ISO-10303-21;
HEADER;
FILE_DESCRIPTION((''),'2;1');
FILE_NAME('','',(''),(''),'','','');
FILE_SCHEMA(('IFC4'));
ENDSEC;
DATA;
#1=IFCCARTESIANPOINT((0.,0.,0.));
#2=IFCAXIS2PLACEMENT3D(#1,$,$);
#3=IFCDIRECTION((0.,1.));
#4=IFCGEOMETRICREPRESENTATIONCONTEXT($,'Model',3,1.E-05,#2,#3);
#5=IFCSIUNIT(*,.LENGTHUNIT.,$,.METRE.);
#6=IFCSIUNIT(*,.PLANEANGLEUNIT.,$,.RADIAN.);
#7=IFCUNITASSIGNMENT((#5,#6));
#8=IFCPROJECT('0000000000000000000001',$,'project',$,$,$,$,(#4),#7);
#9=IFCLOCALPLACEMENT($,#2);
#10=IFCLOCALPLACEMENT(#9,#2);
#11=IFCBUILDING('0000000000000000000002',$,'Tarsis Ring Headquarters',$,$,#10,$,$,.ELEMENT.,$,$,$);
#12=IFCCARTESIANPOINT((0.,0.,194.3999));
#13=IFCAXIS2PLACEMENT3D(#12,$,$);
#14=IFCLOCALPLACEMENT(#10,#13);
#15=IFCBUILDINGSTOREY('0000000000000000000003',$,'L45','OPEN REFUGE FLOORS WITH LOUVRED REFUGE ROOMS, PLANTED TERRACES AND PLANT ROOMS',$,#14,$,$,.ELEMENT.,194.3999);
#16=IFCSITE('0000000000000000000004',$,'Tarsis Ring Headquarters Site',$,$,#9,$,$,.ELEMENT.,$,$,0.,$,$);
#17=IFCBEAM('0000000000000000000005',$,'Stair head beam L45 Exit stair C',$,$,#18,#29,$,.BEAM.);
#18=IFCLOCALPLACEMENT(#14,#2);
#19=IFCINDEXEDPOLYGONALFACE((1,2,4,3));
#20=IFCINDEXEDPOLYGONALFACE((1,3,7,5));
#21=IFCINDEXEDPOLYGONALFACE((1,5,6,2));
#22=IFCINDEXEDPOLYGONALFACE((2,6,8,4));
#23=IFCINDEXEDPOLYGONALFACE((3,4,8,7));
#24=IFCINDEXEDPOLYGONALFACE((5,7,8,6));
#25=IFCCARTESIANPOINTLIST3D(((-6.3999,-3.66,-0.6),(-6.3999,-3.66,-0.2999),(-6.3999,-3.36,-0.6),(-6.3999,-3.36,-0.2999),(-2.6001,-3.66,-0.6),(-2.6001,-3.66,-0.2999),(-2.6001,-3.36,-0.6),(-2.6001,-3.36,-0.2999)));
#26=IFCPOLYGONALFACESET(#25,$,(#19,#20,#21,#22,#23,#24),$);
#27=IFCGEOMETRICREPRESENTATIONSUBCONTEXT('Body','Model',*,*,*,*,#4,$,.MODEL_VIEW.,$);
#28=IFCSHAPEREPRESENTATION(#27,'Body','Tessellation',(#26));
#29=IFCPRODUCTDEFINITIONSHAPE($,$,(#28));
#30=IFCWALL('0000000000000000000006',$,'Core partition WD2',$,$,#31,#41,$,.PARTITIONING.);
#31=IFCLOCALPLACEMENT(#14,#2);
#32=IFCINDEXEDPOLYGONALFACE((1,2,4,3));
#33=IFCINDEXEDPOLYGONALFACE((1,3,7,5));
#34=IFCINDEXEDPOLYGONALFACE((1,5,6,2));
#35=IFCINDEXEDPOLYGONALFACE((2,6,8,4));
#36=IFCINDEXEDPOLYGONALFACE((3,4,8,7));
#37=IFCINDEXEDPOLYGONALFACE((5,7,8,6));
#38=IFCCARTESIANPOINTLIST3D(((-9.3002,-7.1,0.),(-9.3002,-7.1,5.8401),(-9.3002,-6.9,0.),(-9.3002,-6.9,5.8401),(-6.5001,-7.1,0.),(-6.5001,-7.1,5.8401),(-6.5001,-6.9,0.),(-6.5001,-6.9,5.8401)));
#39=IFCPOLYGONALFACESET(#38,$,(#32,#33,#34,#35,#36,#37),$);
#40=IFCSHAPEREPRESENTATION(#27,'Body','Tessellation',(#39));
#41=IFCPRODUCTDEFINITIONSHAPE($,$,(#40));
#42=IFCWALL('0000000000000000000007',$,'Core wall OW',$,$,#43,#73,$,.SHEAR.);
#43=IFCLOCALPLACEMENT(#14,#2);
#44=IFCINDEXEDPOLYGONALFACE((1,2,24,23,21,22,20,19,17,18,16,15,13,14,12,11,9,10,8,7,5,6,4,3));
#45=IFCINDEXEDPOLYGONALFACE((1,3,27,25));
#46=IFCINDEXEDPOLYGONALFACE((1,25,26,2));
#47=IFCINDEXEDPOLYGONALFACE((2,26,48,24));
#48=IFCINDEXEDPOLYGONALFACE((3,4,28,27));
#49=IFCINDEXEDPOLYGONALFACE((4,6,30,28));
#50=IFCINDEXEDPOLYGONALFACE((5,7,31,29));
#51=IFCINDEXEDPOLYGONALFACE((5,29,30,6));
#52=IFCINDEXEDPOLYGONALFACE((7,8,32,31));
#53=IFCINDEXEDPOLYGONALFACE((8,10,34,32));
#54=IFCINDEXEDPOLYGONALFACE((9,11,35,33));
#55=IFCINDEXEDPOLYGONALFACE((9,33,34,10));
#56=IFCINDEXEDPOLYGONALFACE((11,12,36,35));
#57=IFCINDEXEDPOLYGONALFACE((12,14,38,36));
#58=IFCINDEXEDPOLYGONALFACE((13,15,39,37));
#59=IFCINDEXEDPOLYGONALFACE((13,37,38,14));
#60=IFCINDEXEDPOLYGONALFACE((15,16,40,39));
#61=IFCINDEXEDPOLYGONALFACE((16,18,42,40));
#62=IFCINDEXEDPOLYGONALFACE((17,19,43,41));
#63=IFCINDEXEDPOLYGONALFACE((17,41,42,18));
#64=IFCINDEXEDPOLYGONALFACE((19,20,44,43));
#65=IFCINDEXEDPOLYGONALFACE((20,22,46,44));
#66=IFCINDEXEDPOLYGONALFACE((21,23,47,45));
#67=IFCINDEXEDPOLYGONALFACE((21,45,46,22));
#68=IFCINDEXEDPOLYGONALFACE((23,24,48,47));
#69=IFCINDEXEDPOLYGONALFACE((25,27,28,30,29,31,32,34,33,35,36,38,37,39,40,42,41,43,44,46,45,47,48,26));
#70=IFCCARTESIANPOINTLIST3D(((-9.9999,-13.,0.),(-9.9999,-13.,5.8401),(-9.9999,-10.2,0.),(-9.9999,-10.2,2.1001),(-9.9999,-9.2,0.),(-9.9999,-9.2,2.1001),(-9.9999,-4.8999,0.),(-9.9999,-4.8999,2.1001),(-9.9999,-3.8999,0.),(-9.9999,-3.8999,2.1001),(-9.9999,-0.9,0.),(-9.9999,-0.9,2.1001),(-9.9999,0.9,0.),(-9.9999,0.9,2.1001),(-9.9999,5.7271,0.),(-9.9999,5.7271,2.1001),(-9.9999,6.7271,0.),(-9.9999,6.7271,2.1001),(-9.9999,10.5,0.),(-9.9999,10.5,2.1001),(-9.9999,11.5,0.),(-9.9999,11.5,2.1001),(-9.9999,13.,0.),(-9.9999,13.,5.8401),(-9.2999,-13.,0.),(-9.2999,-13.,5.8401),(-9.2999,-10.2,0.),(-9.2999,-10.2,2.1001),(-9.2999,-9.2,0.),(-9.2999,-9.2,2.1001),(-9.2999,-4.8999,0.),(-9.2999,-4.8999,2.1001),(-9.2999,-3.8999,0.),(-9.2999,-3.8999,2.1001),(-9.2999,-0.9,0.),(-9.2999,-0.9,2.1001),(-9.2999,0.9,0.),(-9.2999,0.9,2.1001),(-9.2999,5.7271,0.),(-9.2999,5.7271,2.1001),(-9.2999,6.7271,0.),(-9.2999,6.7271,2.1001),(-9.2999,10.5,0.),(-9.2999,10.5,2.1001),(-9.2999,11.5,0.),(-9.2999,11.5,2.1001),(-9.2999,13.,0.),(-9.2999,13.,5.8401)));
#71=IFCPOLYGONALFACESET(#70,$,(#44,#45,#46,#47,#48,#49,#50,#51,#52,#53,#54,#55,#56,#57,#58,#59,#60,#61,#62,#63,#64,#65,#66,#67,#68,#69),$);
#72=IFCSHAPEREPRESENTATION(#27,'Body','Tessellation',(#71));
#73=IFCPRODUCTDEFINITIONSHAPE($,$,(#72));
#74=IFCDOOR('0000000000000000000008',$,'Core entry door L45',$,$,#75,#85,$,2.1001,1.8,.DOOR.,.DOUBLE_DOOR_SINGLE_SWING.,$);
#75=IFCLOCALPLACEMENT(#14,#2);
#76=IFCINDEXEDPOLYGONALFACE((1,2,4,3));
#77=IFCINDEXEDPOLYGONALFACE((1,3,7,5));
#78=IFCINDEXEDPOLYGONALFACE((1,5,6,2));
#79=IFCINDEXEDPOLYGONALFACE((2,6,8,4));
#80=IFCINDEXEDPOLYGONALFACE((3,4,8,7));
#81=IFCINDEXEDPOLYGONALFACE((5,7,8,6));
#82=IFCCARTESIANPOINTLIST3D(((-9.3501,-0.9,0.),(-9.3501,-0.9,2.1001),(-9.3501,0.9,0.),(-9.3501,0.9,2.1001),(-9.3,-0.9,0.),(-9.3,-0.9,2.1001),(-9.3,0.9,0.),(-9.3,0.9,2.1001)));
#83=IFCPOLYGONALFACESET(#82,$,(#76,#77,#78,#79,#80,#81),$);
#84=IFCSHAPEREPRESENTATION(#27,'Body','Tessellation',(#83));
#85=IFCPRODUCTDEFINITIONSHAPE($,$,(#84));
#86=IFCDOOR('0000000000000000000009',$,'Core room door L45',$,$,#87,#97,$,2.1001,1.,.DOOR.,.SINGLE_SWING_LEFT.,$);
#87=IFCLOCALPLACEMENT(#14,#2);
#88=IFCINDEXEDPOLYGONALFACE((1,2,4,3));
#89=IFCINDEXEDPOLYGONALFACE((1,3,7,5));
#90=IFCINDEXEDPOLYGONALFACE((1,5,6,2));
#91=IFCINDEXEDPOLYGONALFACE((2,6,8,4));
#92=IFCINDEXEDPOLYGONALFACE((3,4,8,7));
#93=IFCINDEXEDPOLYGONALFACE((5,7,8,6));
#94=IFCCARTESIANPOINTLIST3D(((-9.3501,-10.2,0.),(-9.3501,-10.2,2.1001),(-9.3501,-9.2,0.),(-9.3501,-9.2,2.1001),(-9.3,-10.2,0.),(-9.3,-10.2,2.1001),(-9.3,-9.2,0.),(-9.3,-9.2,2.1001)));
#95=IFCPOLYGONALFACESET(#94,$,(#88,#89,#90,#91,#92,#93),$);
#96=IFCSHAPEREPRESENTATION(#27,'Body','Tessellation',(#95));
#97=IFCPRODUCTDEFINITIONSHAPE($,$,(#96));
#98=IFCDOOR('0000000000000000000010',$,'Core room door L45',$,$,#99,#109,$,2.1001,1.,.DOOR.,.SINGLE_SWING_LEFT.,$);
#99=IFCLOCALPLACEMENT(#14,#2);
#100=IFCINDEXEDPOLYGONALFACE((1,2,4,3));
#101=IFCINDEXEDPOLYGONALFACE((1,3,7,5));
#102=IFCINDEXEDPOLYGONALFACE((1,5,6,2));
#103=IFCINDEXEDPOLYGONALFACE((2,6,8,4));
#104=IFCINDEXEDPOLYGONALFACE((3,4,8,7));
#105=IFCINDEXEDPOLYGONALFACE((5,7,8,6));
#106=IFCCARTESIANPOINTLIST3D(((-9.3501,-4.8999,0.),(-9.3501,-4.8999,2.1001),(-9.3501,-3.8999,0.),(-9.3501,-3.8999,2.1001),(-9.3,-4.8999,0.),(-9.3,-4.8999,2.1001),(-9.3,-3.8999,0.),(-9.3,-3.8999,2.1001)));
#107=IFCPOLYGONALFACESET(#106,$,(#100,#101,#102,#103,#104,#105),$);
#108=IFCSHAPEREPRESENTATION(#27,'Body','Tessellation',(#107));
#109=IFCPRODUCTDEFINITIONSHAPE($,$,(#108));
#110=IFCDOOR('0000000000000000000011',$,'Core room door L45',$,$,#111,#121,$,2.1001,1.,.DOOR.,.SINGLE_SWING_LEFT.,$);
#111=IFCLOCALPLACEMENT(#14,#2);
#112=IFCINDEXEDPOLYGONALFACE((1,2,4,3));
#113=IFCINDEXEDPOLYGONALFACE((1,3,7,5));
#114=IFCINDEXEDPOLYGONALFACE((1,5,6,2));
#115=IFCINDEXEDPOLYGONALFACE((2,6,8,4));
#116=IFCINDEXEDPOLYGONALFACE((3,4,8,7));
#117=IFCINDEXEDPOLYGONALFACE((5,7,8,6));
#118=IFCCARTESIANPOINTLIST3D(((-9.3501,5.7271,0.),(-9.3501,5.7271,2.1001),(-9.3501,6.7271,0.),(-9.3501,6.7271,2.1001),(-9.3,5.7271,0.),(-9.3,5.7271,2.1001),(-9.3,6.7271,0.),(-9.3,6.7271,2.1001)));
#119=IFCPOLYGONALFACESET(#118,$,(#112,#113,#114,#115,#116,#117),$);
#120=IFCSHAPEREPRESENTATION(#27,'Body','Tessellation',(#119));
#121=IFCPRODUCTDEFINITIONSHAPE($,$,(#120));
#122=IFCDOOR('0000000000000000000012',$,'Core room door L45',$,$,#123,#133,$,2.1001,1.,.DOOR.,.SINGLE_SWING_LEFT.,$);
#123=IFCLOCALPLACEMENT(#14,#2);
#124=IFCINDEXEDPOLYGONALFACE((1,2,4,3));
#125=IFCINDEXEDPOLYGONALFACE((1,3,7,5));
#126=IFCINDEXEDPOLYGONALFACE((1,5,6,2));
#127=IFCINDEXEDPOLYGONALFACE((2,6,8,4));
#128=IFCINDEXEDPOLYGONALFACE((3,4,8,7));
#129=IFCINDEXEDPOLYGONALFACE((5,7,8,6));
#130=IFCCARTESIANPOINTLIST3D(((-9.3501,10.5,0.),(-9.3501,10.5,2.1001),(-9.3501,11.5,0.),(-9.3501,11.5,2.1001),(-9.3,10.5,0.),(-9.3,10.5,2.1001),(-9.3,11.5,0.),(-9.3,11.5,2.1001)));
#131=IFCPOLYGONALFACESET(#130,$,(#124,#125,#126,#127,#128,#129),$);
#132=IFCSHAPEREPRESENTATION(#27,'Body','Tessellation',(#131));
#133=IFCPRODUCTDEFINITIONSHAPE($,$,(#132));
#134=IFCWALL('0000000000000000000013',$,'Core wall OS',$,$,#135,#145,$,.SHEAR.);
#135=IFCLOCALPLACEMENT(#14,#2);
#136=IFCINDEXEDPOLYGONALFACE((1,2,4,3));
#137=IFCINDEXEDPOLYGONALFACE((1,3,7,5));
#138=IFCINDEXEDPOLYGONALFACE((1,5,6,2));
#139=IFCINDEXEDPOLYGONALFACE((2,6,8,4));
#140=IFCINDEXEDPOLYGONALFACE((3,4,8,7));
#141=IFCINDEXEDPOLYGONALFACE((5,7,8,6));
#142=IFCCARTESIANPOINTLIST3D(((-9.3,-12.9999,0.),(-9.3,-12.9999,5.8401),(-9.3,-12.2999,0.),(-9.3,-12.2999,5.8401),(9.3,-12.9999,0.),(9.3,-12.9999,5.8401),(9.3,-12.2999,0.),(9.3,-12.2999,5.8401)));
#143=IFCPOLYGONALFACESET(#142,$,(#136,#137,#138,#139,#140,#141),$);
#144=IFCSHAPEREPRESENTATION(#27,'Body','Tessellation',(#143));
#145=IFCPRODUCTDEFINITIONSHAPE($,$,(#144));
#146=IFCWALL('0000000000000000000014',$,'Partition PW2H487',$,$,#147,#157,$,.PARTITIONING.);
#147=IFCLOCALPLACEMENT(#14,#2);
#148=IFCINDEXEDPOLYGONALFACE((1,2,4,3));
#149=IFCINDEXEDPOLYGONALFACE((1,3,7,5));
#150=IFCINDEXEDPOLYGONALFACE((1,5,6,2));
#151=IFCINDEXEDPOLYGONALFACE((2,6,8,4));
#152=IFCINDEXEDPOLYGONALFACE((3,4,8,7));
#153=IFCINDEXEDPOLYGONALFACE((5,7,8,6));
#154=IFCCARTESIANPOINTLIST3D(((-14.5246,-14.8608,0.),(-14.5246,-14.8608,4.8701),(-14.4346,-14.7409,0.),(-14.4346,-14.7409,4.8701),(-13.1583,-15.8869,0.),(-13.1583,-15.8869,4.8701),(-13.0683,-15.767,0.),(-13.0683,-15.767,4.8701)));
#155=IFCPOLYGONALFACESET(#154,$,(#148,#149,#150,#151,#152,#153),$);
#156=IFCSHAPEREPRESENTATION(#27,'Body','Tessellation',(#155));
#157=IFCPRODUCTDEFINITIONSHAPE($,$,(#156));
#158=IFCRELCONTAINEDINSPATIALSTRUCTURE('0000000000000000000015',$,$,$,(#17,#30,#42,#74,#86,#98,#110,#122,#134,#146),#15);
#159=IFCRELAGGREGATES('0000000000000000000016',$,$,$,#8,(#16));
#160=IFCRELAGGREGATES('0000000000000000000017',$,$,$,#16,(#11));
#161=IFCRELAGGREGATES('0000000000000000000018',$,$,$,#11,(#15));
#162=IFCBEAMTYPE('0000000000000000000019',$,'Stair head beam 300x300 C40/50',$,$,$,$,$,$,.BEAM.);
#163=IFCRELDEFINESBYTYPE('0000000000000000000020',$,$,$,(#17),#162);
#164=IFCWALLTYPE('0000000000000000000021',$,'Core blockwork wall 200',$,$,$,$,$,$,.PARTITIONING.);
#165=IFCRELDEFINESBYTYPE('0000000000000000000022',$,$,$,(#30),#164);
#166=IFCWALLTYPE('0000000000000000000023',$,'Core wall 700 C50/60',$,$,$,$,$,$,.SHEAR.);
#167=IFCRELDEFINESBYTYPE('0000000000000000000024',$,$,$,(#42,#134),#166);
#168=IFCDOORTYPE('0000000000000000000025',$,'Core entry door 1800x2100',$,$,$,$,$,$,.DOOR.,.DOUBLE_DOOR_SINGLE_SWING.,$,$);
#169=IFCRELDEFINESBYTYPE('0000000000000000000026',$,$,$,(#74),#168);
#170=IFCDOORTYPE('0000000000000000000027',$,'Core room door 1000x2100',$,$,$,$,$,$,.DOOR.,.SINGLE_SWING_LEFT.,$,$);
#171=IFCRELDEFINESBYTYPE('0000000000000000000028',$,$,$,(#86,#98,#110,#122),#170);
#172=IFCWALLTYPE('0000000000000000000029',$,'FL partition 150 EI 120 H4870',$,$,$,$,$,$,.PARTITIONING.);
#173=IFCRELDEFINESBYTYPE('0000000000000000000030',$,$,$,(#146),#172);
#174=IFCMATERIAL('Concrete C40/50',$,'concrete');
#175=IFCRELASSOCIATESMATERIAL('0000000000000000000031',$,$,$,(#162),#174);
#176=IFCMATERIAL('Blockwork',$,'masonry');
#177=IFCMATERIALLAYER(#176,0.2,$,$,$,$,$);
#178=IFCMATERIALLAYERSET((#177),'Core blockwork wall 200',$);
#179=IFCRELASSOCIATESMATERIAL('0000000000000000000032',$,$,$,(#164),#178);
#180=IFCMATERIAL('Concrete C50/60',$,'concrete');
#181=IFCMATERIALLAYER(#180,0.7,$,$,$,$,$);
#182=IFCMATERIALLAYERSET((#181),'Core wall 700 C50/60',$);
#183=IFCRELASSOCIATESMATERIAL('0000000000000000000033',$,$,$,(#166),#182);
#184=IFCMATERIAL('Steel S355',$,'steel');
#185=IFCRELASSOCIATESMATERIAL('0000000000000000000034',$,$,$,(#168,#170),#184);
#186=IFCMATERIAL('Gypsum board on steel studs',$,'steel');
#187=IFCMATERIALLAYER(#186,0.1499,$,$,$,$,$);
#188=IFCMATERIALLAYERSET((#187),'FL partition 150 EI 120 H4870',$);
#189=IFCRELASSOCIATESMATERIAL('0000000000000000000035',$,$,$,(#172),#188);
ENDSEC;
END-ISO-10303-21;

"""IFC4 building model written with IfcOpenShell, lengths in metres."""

from ifc_helpers import new_model, si_unit, direction, frame, frame_2d, origin, origin_2d, place, context, subcontext, project, spatial, rectangle, extrude, material, layer, layer_set, material_profile, profile_set, type_object, element, fill, save


model = new_model("IFC4")

# Units and contexts
model_context = context("Model", 3, precision=1e-05, world=origin(), true_north=direction((0.0, 1.0)))
body_context = subcontext(model_context, "Body", "Model", "MODEL_VIEW")
ifc_project = project(units=[si_unit("LENGTHUNIT", "METRE"), si_unit("PLANEANGLEUNIT", "RADIAN")], contexts=[model_context])

# Site, building, storey
site_placement = place(None, origin())
site = spatial("IfcSite", under=ifc_project, at=site_placement, Name="Tarsis Ring Headquarters Site", CompositionType="ELEMENT", RefElevation=0.0)
building_placement = place(site_placement, origin())
building = spatial("IfcBuilding", under=site, at=building_placement, Name="Tarsis Ring Headquarters", CompositionType="ELEMENT")
storey_placement = place(building_placement, frame((0.0, 0.0, 194.3999)))
storey = spatial("IfcBuildingStorey", under=building, at=storey_placement, Name="L45", Description="OPEN REFUGE FLOORS WITH LOUVRED REFUGE ROOMS, PLANTED TERRACES AND PLANT ROOMS", CompositionType="ELEMENT", Elevation=194.3999)

# Beam
ifc_material_1 = material(Name="Concrete C40/50", Category="concrete")
ifc_material_profile_1 = material_profile(ifc_material_1, rectangle(XDim=0.3, YDim=0.3, at=origin_2d()), Name="Stair head beam 300x300 C40/50")
ifc_profile_set_1 = profile_set([ifc_material_profile_1], Name="Concrete C40/50")
beam_type_1 = type_object("IfcBeamType", Name="Stair head beam 300x300 C40/50", PredefinedType="BEAM", material=ifc_profile_set_1)
beam_1_placement = place(storey_placement, frame((-6.3999, -3.51, -0.45), z_axis=(1.0, 0.0, 0.0), x_axis=(0.0, 1.0, 0.0)))
element("IfcBeam", 1, at=beam_1_placement, inside=storey, type_object=beam_type_1, Name="Stair head beam L45 Exit stair C", PredefinedType="BEAM", context=body_context, shape_type="SweptSolid", body=[
    extrude(rectangle(XDim=0.3, YDim=0.3, at=origin_2d()), origin(), (0.0, 0.0, 1.0), 3.7998),
])

# Wall
ifc_material_2 = material(Name="Blockwork", Category="masonry")
ifc_layer_1 = layer(ifc_material_2, 0.2)
ifc_layer_set_1 = layer_set([ifc_layer_1], Name="Core blockwork wall 200")
wall_type_1 = type_object("IfcWallType", Name="Core blockwork wall 200", PredefinedType="PARTITIONING", material=ifc_layer_set_1)
wall_1_placement = place(storey_placement, frame((-9.3, -7.0, 0.0), z_axis=(0.0, 0.0, 1.0), x_axis=(1.0, 0.0, 0.0)))
element("IfcWall", 2, at=wall_1_placement, inside=storey, type_object=wall_type_1, Name="Core partition WD2", PredefinedType="PARTITIONING", context=body_context, shape_type="SweptSolid", body=[
    extrude(rectangle(XDim=2.8, YDim=0.2, at=frame_2d((1.3999, 0.0))), origin(), (0.0, 0.0, 1.0), 5.8401),
])

# Wall, openings, doors
ifc_material_3 = material(Name="Concrete C50/60", Category="concrete")
ifc_layer_2 = layer(ifc_material_3, 0.7)
ifc_layer_set_2 = layer_set([ifc_layer_2], Name="Core wall 700 C50/60")
wall_type_2 = type_object("IfcWallType", Name="Core wall 700 C50/60", PredefinedType="SHEAR", material=ifc_layer_set_2)
wall_2_placement = place(storey_placement, frame((-9.6499, -13.0, 0.0), z_axis=(0.0, 0.0, 1.0), x_axis=(0.0, 1.0, 0.0)))
wall_2 = element("IfcWall", 3, at=wall_2_placement, inside=storey, type_object=wall_type_2, Name="Core wall OW", PredefinedType="SHEAR", context=body_context, shape_type="SweptSolid", body=[
    extrude(rectangle(XDim=26.0, YDim=0.7, at=frame_2d((13.0, 0.0))), origin(), (0.0, 0.0, 1.0), 5.8401),
])
opening_1_placement = place(wall_2_placement, frame((2.8, 0.0, 0.0)))
opening_1 = element("IfcOpeningElement", 4, at=opening_1_placement, cuts=wall_2, PredefinedType="OPENING", context=body_context, shape_type="SweptSolid", body=[
    extrude(rectangle(XDim=1.0, YDim=2.1001, at=frame_2d((0.5, 1.05))), frame((0.0, 0.3599, 0.0), z_axis=(0.0, -1.0, 0.0), x_axis=(1.0, 0.0, 0.0)), (0.0, 0.0, 1.0), 0.72),
])
opening_2_placement = place(wall_2_placement, frame((8.1001, 0.0, 0.0)))
opening_2 = element("IfcOpeningElement", 5, at=opening_2_placement, cuts=wall_2, PredefinedType="OPENING", context=body_context, shape_type="SweptSolid", body=[
    extrude(rectangle(XDim=1.0, YDim=2.1001, at=frame_2d((0.5, 1.05))), frame((0.0, 0.3599, 0.0), z_axis=(0.0, -1.0, 0.0), x_axis=(1.0, 0.0, 0.0)), (0.0, 0.0, 1.0), 0.72),
])
opening_3_placement = place(wall_2_placement, frame((12.1001, 0.0, 0.0)))
opening_3 = element("IfcOpeningElement", 6, at=opening_3_placement, cuts=wall_2, PredefinedType="OPENING", context=body_context, shape_type="SweptSolid", body=[
    extrude(rectangle(XDim=1.8, YDim=2.1001, at=frame_2d((0.8999, 1.05))), frame((0.0, 0.3599, 0.0), z_axis=(0.0, -1.0, 0.0), x_axis=(1.0, 0.0, 0.0)), (0.0, 0.0, 1.0), 0.72),
])
opening_4_placement = place(wall_2_placement, frame((18.7271, 0.0, 0.0)))
opening_4 = element("IfcOpeningElement", 7, at=opening_4_placement, cuts=wall_2, PredefinedType="OPENING", context=body_context, shape_type="SweptSolid", body=[
    extrude(rectangle(XDim=1.0, YDim=2.1001, at=frame_2d((0.5, 1.05))), frame((0.0, 0.3599, 0.0), z_axis=(0.0, -1.0, 0.0), x_axis=(1.0, 0.0, 0.0)), (0.0, 0.0, 1.0), 0.72),
])
opening_5_placement = place(wall_2_placement, frame((23.5, 0.0, 0.0)))
opening_5 = element("IfcOpeningElement", 8, at=opening_5_placement, cuts=wall_2, PredefinedType="OPENING", context=body_context, shape_type="SweptSolid", body=[
    extrude(rectangle(XDim=1.0, YDim=2.1001, at=frame_2d((0.5, 1.05))), frame((0.0, 0.3599, 0.0), z_axis=(0.0, -1.0, 0.0), x_axis=(1.0, 0.0, 0.0)), (0.0, 0.0, 1.0), 0.72),
])
ifc_material_4 = material(Name="Steel S355", Category="steel")
door_type_1 = type_object("IfcDoorType", Name="Core entry door 1800x2100", OperationType="DOUBLE_DOOR_SINGLE_SWING", PredefinedType="DOOR", material=ifc_material_4)
door_1_placement = place(opening_3_placement, origin())
door_1 = element("IfcDoor", 9, at=door_1_placement, inside=storey, type_object=door_type_1, Name="Core entry door L45", OperationType="DOUBLE_DOOR_SINGLE_SWING", OverallHeight=2.1001, OverallWidth=1.8, PredefinedType="DOOR", context=body_context, shape_type="SweptSolid", body=[
    extrude(rectangle(XDim=1.8, YDim=2.1001, at=frame_2d((0.8999, 1.05))), frame((0.0, -0.2998, 0.0), z_axis=(0.0, -1.0, 0.0), x_axis=(1.0, 0.0, 0.0)), (0.0, 0.0, 1.0), 0.05),
])
fill(opening_3, door_1)
door_type_2 = type_object("IfcDoorType", Name="Core room door 1000x2100", OperationType="SINGLE_SWING_LEFT", PredefinedType="DOOR", material=ifc_material_4)
door_2_placement = place(opening_1_placement, origin())
door_2 = element("IfcDoor", 10, at=door_2_placement, inside=storey, type_object=door_type_2, Name="Core room door L45", OperationType="SINGLE_SWING_LEFT", OverallHeight=2.1001, OverallWidth=1.0, PredefinedType="DOOR", context=body_context, shape_type="SweptSolid", body=[
    extrude(rectangle(XDim=1.0, YDim=2.1001, at=frame_2d((0.5, 1.05))), frame((0.0, -0.2998, 0.0), z_axis=(0.0, -1.0, 0.0), x_axis=(1.0, 0.0, 0.0)), (0.0, 0.0, 1.0), 0.05),
])
fill(opening_1, door_2)
door_3_placement = place(opening_2_placement, origin())
door_3 = element("IfcDoor", 11, at=door_3_placement, inside=storey, type_object=door_type_2, Name="Core room door L45", OperationType="SINGLE_SWING_LEFT", OverallHeight=2.1001, OverallWidth=1.0, PredefinedType="DOOR", context=body_context, shape_type="SweptSolid", body=[
    extrude(rectangle(XDim=1.0, YDim=2.1001, at=frame_2d((0.5, 1.05))), frame((0.0, -0.2998, 0.0), z_axis=(0.0, -1.0, 0.0), x_axis=(1.0, 0.0, 0.0)), (0.0, 0.0, 1.0), 0.05),
])
fill(opening_2, door_3)
door_4_placement = place(opening_4_placement, origin())
door_4 = element("IfcDoor", 12, at=door_4_placement, inside=storey, type_object=door_type_2, Name="Core room door L45", OperationType="SINGLE_SWING_LEFT", OverallHeight=2.1001, OverallWidth=1.0, PredefinedType="DOOR", context=body_context, shape_type="SweptSolid", body=[
    extrude(rectangle(XDim=1.0, YDim=2.1001, at=frame_2d((0.5, 1.05))), frame((0.0, -0.2998, 0.0), z_axis=(0.0, -1.0, 0.0), x_axis=(1.0, 0.0, 0.0)), (0.0, 0.0, 1.0), 0.05),
])
fill(opening_4, door_4)
door_5_placement = place(opening_5_placement, origin())
door_5 = element("IfcDoor", 13, at=door_5_placement, inside=storey, type_object=door_type_2, Name="Core room door L45", OperationType="SINGLE_SWING_LEFT", OverallHeight=2.1001, OverallWidth=1.0, PredefinedType="DOOR", context=body_context, shape_type="SweptSolid", body=[
    extrude(rectangle(XDim=1.0, YDim=2.1001, at=frame_2d((0.5, 1.05))), frame((0.0, -0.2998, 0.0), z_axis=(0.0, -1.0, 0.0), x_axis=(1.0, 0.0, 0.0)), (0.0, 0.0, 1.0), 0.05),
])
fill(opening_5, door_5)

# Walls
wall_3_placement = place(storey_placement, frame((-9.3, -12.6499, 0.0), z_axis=(0.0, 0.0, 1.0), x_axis=(1.0, 0.0, 0.0)))
element("IfcWall", 14, at=wall_3_placement, inside=storey, type_object=wall_type_2, Name="Core wall OS", PredefinedType="SHEAR", context=body_context, shape_type="SweptSolid", body=[
    extrude(rectangle(XDim=18.6001, YDim=0.7, at=frame_2d((9.3, 0.0))), origin(), (0.0, 0.0, 1.0), 5.8401),
])
ifc_material_5 = material(Name="Gypsum board on steel studs", Category="steel")
ifc_layer_3 = layer(ifc_material_5, 0.1499)
ifc_layer_set_3 = layer_set([ifc_layer_3], Name="FL partition 150 EI 120 H4870")
wall_type_3 = type_object("IfcWallType", Name="FL partition 150 EI 120 H4870", PredefinedType="PARTITIONING", material=ifc_layer_set_3)
wall_4_placement = place(storey_placement, frame((-14.4797, -14.8008, 0.0), z_axis=(0.0, 0.0, 1.0), x_axis=(0.79964, -0.60048, 0.0)))
element("IfcWall", 15, at=wall_4_placement, inside=storey, type_object=wall_type_3, Name="Partition PW2H487", PredefinedType="PARTITIONING", context=body_context, shape_type="SweptSolid", body=[
    extrude(rectangle(XDim=1.7087, YDim=0.1499, at=frame_2d((0.8545, 0.0))), origin(), (0.0, 0.0, 1.0), 4.8701),
])

save(model, "model.ifc")
